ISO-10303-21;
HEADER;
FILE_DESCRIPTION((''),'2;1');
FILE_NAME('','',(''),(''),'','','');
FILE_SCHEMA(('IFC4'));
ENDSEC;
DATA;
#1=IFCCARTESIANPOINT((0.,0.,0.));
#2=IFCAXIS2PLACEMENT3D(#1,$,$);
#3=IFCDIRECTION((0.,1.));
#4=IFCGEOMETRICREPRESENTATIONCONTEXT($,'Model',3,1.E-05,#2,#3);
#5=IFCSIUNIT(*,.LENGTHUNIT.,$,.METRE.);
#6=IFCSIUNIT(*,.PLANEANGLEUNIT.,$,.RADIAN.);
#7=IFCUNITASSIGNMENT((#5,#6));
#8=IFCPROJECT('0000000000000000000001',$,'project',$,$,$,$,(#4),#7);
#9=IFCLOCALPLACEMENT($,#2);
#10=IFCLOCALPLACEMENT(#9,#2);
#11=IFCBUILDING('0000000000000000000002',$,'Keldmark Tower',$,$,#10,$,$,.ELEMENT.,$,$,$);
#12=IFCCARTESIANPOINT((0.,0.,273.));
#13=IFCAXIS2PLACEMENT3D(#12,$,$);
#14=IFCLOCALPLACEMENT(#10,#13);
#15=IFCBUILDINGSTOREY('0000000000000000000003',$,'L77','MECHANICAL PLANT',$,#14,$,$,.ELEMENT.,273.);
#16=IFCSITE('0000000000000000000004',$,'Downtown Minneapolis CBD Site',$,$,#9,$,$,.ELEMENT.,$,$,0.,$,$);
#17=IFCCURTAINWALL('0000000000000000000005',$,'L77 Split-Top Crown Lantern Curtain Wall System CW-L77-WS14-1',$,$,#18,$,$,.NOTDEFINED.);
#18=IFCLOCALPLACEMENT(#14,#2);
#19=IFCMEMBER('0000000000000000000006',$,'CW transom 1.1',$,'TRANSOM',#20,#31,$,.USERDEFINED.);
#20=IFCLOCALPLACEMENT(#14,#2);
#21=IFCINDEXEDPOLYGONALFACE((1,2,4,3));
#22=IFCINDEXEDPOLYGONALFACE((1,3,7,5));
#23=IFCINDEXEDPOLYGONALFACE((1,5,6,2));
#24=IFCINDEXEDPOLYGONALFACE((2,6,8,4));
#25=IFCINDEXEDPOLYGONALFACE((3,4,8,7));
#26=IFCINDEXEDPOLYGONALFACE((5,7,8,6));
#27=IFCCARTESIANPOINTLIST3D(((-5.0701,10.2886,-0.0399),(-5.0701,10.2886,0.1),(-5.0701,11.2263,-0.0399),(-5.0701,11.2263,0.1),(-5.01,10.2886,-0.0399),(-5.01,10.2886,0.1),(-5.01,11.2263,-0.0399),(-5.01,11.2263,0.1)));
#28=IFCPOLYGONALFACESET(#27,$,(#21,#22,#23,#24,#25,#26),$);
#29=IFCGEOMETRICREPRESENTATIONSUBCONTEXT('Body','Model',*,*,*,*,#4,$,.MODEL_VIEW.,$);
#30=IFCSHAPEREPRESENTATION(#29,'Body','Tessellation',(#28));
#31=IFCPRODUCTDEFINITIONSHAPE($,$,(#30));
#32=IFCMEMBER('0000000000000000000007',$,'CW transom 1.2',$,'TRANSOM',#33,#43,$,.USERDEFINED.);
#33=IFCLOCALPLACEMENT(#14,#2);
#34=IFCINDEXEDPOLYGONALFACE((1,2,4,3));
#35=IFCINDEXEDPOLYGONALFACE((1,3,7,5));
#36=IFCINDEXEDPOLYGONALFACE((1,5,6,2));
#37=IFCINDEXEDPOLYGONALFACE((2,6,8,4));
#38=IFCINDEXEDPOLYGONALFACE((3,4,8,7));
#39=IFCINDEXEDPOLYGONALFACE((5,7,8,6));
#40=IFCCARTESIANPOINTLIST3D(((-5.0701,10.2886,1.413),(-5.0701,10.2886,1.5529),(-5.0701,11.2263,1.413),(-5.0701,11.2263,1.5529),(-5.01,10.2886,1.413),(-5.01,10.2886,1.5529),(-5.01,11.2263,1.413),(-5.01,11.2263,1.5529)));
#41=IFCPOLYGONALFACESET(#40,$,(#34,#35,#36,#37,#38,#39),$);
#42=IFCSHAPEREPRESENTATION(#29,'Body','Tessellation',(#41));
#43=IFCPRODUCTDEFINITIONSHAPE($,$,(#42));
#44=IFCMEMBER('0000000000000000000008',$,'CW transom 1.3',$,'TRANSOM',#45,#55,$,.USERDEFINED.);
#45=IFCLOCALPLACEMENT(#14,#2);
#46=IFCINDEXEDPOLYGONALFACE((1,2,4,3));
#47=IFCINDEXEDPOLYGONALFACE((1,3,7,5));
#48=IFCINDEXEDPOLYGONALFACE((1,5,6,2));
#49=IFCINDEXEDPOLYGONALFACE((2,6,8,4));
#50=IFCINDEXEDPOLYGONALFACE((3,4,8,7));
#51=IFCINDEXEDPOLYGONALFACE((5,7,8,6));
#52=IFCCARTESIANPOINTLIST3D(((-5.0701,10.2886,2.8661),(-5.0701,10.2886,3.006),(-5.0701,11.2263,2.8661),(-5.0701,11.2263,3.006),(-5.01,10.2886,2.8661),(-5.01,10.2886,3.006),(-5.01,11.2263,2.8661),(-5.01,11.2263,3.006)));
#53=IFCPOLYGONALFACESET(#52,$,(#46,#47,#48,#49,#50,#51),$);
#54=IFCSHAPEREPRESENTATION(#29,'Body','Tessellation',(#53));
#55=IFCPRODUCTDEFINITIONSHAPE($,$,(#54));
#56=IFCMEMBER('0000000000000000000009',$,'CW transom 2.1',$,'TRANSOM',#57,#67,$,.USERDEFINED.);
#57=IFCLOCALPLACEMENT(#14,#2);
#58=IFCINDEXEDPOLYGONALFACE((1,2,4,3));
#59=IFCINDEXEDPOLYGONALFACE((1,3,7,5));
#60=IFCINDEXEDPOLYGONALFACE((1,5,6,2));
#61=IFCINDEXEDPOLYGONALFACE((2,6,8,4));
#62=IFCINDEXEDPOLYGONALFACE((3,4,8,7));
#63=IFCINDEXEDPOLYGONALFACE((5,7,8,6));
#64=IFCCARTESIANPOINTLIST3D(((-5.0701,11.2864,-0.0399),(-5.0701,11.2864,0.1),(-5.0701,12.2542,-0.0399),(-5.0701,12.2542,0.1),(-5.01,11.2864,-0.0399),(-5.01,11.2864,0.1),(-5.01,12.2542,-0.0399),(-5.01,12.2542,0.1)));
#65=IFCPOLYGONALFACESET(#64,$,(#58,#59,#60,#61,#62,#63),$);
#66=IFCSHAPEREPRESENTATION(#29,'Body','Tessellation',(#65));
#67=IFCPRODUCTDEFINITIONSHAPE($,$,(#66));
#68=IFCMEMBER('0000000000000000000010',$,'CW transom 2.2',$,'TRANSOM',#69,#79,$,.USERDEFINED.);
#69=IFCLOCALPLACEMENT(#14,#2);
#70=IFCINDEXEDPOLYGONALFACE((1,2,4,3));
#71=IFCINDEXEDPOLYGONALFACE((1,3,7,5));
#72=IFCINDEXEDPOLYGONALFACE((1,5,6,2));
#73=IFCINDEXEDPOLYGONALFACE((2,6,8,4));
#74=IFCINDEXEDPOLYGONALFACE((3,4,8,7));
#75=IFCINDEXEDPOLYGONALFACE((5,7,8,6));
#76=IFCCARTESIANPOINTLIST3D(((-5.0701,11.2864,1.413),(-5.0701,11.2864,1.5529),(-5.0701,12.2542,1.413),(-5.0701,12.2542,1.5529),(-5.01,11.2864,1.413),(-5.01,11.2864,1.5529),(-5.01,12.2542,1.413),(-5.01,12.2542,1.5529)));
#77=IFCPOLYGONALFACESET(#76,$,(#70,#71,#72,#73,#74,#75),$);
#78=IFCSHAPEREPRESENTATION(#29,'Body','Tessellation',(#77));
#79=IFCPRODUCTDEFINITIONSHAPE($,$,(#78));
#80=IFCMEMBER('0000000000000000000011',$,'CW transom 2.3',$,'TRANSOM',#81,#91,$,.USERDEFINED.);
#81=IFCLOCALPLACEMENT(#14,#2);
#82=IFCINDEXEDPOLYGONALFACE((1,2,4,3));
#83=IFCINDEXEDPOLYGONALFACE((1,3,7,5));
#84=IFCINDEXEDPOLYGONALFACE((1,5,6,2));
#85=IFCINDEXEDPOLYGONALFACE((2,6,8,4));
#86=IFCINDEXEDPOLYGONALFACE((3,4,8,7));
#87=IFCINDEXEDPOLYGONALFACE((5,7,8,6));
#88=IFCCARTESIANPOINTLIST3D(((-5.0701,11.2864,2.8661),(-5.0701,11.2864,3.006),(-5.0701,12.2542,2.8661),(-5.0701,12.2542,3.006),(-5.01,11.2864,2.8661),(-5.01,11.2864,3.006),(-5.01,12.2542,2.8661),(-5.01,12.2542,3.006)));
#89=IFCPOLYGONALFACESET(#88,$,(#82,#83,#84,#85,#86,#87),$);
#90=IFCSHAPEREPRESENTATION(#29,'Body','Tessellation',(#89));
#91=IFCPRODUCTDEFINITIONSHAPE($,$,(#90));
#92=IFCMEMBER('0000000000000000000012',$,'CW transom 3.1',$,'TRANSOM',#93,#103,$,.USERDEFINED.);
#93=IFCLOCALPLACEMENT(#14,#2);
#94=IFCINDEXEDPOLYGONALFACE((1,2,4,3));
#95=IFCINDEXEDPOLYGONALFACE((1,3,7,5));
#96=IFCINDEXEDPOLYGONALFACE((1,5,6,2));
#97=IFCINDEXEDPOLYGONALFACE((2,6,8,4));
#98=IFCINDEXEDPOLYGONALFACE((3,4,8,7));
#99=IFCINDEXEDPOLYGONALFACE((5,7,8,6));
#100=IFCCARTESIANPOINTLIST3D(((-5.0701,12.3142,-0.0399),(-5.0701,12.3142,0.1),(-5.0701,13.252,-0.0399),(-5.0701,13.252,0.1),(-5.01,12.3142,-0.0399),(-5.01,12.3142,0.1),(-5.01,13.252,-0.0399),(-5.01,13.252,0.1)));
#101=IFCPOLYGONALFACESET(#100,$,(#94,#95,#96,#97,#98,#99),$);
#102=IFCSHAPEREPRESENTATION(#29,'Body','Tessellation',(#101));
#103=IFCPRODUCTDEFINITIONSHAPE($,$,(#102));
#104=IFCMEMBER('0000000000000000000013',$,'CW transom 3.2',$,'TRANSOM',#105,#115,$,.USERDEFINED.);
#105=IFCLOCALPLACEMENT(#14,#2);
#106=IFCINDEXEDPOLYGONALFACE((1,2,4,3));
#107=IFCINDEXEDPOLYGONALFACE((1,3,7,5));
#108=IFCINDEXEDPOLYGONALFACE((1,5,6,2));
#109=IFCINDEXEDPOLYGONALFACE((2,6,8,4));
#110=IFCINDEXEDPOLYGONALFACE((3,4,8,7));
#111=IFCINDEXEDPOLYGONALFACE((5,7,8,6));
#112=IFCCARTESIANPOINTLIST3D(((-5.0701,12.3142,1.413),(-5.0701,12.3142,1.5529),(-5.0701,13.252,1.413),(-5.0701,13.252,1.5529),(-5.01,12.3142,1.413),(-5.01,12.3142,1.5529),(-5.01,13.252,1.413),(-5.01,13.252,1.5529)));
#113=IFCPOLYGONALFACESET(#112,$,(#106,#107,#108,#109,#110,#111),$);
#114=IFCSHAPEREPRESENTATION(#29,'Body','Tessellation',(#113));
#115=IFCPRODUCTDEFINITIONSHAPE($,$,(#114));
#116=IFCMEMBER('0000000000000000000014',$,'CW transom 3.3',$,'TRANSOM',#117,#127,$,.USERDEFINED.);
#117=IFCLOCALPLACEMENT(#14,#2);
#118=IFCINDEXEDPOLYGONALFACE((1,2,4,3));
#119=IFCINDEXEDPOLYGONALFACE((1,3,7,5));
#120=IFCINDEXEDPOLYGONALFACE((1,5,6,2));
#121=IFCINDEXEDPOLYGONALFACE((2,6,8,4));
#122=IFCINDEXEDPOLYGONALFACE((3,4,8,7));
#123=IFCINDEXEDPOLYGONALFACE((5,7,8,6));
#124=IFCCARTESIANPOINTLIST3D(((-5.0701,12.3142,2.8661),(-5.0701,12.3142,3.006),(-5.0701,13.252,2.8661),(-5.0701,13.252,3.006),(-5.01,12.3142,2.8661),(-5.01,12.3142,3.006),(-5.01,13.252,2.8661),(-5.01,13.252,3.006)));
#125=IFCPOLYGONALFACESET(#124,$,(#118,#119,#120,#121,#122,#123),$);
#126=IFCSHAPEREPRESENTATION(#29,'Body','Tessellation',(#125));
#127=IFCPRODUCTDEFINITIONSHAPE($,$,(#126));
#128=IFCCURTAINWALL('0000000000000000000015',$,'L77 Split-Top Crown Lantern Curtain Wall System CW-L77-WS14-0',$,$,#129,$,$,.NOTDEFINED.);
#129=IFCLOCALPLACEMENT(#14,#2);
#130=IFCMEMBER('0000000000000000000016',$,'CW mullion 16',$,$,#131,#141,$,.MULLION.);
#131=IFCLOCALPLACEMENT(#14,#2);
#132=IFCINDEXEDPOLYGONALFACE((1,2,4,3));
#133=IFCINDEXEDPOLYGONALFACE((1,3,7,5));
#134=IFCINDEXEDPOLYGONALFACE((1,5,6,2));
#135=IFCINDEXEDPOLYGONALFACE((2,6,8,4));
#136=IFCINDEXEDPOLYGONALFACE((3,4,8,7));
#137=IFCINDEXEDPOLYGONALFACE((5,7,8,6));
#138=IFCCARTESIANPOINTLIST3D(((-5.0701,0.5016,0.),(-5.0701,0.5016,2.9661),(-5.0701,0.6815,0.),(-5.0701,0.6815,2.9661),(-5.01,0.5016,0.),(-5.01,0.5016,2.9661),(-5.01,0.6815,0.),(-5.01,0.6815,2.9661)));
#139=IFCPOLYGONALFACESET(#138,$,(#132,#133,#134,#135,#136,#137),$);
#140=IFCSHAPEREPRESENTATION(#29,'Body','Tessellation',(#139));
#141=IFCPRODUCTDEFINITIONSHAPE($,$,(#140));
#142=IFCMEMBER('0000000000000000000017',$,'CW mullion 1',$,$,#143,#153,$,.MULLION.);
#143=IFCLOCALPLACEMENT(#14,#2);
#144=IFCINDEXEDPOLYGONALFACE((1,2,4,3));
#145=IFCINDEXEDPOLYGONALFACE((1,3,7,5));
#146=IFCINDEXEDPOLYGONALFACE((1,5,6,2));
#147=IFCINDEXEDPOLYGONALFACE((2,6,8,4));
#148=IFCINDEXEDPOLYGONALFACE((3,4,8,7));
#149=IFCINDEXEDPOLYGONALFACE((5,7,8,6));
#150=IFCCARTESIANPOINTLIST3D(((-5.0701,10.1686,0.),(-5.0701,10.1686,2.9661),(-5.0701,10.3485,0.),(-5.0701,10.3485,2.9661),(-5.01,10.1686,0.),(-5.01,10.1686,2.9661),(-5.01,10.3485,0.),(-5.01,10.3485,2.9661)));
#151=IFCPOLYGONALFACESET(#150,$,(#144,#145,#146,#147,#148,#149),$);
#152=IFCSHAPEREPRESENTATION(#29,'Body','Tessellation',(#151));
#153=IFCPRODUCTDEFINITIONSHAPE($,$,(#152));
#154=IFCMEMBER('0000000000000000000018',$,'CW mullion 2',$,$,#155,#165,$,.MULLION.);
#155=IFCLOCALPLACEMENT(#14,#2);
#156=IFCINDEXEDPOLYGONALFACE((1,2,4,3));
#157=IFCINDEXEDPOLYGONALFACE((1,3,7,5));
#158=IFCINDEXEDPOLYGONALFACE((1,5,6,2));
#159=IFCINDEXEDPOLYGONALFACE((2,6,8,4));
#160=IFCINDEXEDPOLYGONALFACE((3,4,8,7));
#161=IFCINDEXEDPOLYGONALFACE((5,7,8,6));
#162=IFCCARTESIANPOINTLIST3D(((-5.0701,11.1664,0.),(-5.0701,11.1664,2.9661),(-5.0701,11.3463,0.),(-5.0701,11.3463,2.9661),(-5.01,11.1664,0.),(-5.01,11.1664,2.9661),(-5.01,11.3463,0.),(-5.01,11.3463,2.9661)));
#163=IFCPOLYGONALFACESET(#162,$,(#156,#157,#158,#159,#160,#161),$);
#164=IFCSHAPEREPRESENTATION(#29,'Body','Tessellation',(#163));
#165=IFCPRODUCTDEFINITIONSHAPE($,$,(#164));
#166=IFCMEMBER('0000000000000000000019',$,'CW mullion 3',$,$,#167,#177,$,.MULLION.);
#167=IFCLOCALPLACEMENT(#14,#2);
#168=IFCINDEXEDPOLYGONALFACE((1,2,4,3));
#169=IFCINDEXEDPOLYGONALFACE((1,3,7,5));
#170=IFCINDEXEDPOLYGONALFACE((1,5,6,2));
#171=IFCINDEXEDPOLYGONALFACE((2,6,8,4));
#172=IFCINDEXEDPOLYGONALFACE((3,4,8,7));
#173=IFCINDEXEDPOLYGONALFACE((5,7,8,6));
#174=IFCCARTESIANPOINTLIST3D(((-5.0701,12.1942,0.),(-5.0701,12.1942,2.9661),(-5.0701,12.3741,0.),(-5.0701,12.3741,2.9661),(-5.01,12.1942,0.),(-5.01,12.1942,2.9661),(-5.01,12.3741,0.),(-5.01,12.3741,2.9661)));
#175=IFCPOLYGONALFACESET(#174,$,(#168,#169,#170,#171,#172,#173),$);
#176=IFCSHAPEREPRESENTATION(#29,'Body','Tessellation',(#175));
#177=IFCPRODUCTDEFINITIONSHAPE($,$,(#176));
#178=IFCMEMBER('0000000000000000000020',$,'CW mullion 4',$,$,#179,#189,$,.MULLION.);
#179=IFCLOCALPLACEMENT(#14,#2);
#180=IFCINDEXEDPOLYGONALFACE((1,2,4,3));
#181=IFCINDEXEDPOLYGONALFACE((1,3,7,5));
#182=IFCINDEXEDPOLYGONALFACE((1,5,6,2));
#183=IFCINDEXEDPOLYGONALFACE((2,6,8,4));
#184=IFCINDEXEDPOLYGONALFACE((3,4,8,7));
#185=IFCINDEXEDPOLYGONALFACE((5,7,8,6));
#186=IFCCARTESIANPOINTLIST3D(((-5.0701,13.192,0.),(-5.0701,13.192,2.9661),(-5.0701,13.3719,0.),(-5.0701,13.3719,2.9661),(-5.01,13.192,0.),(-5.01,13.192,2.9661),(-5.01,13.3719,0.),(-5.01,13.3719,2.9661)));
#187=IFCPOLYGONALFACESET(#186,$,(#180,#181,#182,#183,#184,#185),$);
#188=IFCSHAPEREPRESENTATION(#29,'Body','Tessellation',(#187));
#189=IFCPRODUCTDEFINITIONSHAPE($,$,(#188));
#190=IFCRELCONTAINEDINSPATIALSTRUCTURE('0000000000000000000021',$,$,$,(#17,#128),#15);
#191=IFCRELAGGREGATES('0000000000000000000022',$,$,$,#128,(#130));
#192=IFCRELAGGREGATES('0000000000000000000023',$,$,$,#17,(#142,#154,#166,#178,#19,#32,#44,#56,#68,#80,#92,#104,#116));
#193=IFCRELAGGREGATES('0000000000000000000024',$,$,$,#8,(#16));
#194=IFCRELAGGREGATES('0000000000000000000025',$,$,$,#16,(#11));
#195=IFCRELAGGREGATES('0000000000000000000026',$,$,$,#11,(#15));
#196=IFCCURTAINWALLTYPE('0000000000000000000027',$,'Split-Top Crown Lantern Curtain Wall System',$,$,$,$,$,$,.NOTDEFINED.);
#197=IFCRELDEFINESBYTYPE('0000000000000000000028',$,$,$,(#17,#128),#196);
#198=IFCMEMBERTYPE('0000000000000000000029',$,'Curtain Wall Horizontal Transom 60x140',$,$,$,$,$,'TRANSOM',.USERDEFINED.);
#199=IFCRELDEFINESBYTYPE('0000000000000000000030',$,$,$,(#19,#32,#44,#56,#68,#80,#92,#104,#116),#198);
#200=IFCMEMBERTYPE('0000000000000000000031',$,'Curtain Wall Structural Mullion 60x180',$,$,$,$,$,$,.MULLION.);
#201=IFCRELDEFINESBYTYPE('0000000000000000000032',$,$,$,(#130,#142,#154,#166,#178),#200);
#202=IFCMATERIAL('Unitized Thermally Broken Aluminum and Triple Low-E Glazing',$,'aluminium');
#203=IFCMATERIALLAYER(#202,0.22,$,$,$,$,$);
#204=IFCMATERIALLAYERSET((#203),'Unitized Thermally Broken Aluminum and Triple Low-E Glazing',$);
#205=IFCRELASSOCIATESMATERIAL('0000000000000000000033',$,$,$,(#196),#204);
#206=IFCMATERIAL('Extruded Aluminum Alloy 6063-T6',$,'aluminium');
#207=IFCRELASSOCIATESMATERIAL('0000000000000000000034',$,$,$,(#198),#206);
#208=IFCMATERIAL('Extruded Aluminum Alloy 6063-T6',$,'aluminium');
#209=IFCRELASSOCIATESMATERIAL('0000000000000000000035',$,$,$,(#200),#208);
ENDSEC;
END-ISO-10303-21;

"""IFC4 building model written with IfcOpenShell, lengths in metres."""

from ifc_helpers import new_model, si_unit, direction, frame, origin, origin_2d, place, context, subcontext, project, spatial, rectangle, extrude, material, layer, layer_set, material_profile, profile_set, type_object, element, aggregate, save


model = new_model("IFC4")

# Units and contexts
model_context = context("Model", 3, precision=1e-05, world=origin(), true_north=direction((0.0, 1.0)))
body_context = subcontext(model_context, "Body", "Model", "MODEL_VIEW")
ifc_project = project(units=[si_unit("LENGTHUNIT", "METRE"), si_unit("PLANEANGLEUNIT", "RADIAN")], contexts=[model_context])

# Site, building, storey
site_placement = place(None, origin())
site = spatial("IfcSite", under=ifc_project, at=site_placement, Name="Downtown Minneapolis CBD Site", CompositionType="ELEMENT", RefElevation=0.0)
building_placement = place(site_placement, origin())
building = spatial("IfcBuilding", under=site, at=building_placement, Name="Keldmark Tower", CompositionType="ELEMENT")
storey_placement = place(building_placement, frame((0.0, 0.0, 273.0)))
storey = spatial("IfcBuildingStorey", under=building, at=storey_placement, Name="L77", Description="MECHANICAL PLANT", CompositionType="ELEMENT", Elevation=273.0)

# Curtain wall, members
ifc_material_1 = material(Name="Unitized Thermally Broken Aluminum and Triple Low-E Glazing", Category="aluminium")
ifc_layer_1 = layer(ifc_material_1, 0.22)
ifc_layer_set_1 = layer_set([ifc_layer_1], Name="Unitized Thermally Broken Aluminum and Triple Low-E Glazing")
curtain_wall_type = type_object("IfcCurtainWallType", Name="Split-Top Crown Lantern Curtain Wall System", PredefinedType="NOTDEFINED", material=ifc_layer_set_1)
curtain_wall_1_placement = place(storey_placement, origin())
curtain_wall_1 = element("IfcCurtainWall", 1, at=curtain_wall_1_placement, inside=storey, type_object=curtain_wall_type, Name="L77 Split-Top Crown Lantern Curtain Wall System CW-L77-WS14-1", PredefinedType="NOTDEFINED")
ifc_material_2 = material(Name="Extruded Aluminum Alloy 6063-T6", Category="aluminium")
ifc_material_profile_1 = material_profile(ifc_material_2, rectangle(XDim=0.0601, YDim=0.1399, at=origin_2d()), Name="CWT60X140")
ifc_profile_set_1 = profile_set([ifc_material_profile_1], Name="Extruded Aluminum Alloy 6063-T6")
member_type_1 = type_object("IfcMemberType", Name="Curtain Wall Horizontal Transom 60x140", ElementType="TRANSOM", PredefinedType="USERDEFINED", material=ifc_profile_set_1)
member_1_placement = place(storey_placement, frame((-5.04, 10.2886, 0.03), z_axis=(0.0, 1.0, 0.0), x_axis=(-1.0, 0.0, 0.0)))
member_1 = element("IfcMember", 2, at=member_1_placement, type_object=member_type_1, Name="CW transom 1.1", ObjectType="TRANSOM", PredefinedType="USERDEFINED", context=body_context, shape_type="SweptSolid", body=[
    extrude(rectangle(XDim=0.0601, YDim=0.1399, at=origin_2d()), origin(), (0.0, 0.0, 1.0), 0.9377),
])
member_2_placement = place(storey_placement, frame((-5.04, 10.2886, 1.4829), z_axis=(0.0, 1.0, 0.0), x_axis=(-1.0, 0.0, 0.0)))
member_2 = element("IfcMember", 3, at=member_2_placement, type_object=member_type_1, Name="CW transom 1.2", ObjectType="TRANSOM", PredefinedType="USERDEFINED", context=body_context, shape_type="SweptSolid", body=[
    extrude(rectangle(XDim=0.0601, YDim=0.1399, at=origin_2d()), origin(), (0.0, 0.0, 1.0), 0.9377),
])
member_3_placement = place(storey_placement, frame((-5.04, 10.2886, 2.936), z_axis=(0.0, 1.0, 0.0), x_axis=(-1.0, 0.0, 0.0)))
member_3 = element("IfcMember", 4, at=member_3_placement, type_object=member_type_1, Name="CW transom 1.3", ObjectType="TRANSOM", PredefinedType="USERDEFINED", context=body_context, shape_type="SweptSolid", body=[
    extrude(rectangle(XDim=0.0601, YDim=0.1399, at=origin_2d()), origin(), (0.0, 0.0, 1.0), 0.9377),
])
member_4_placement = place(storey_placement, frame((-5.04, 11.2864, 0.03), z_axis=(0.0, 1.0, 0.0), x_axis=(-1.0, 0.0, 0.0)))
member_4 = element("IfcMember", 5, at=member_4_placement, type_object=member_type_1, Name="CW transom 2.1", ObjectType="TRANSOM", PredefinedType="USERDEFINED", context=body_context, shape_type="SweptSolid", body=[
    extrude(rectangle(XDim=0.0601, YDim=0.1399, at=origin_2d()), origin(), (0.0, 0.0, 1.0), 0.9678),
])
member_5_placement = place(storey_placement, frame((-5.04, 11.2864, 1.4829), z_axis=(0.0, 1.0, 0.0), x_axis=(-1.0, 0.0, 0.0)))
member_5 = element("IfcMember", 6, at=member_5_placement, type_object=member_type_1, Name="CW transom 2.2", ObjectType="TRANSOM", PredefinedType="USERDEFINED", context=body_context, shape_type="SweptSolid", body=[
    extrude(rectangle(XDim=0.0601, YDim=0.1399, at=origin_2d()), origin(), (0.0, 0.0, 1.0), 0.9678),
])
member_6_placement = place(storey_placement, frame((-5.04, 11.2864, 2.936), z_axis=(0.0, 1.0, 0.0), x_axis=(-1.0, 0.0, 0.0)))
member_6 = element("IfcMember", 7, at=member_6_placement, type_object=member_type_1, Name="CW transom 2.3", ObjectType="TRANSOM", PredefinedType="USERDEFINED", context=body_context, shape_type="SweptSolid", body=[
    extrude(rectangle(XDim=0.0601, YDim=0.1399, at=origin_2d()), origin(), (0.0, 0.0, 1.0), 0.9678),
])
member_7_placement = place(storey_placement, frame((-5.04, 12.3142, 0.03), z_axis=(0.0, 1.0, 0.0), x_axis=(-1.0, 0.0, 0.0)))
member_7 = element("IfcMember", 8, at=member_7_placement, type_object=member_type_1, Name="CW transom 3.1", ObjectType="TRANSOM", PredefinedType="USERDEFINED", context=body_context, shape_type="SweptSolid", body=[
    extrude(rectangle(XDim=0.0601, YDim=0.1399, at=origin_2d()), origin(), (0.0, 0.0, 1.0), 0.9377),
])
member_8_placement = place(storey_placement, frame((-5.04, 12.3142, 1.4829), z_axis=(0.0, 1.0, 0.0), x_axis=(-1.0, 0.0, 0.0)))
member_8 = element("IfcMember", 9, at=member_8_placement, type_object=member_type_1, Name="CW transom 3.2", ObjectType="TRANSOM", PredefinedType="USERDEFINED", context=body_context, shape_type="SweptSolid", body=[
    extrude(rectangle(XDim=0.0601, YDim=0.1399, at=origin_2d()), origin(), (0.0, 0.0, 1.0), 0.9377),
])
member_9_placement = place(storey_placement, frame((-5.04, 12.3142, 2.936), z_axis=(0.0, 1.0, 0.0), x_axis=(-1.0, 0.0, 0.0)))
member_9 = element("IfcMember", 10, at=member_9_placement, type_object=member_type_1, Name="CW transom 3.3", ObjectType="TRANSOM", PredefinedType="USERDEFINED", context=body_context, shape_type="SweptSolid", body=[
    extrude(rectangle(XDim=0.0601, YDim=0.1399, at=origin_2d()), origin(), (0.0, 0.0, 1.0), 0.9377),
])

# Curtain wall, member
curtain_wall_2_placement = place(storey_placement, origin())
curtain_wall_2 = element("IfcCurtainWall", 11, at=curtain_wall_2_placement, inside=storey, type_object=curtain_wall_type, Name="L77 Split-Top Crown Lantern Curtain Wall System CW-L77-WS14-0", PredefinedType="NOTDEFINED")
ifc_material_3 = material(Name="Extruded Aluminum Alloy 6063-T6", Category="aluminium")
ifc_material_profile_2 = material_profile(ifc_material_3, rectangle(XDim=0.0601, YDim=0.1799, at=origin_2d()), Name="CWM60X180")
ifc_profile_set_2 = profile_set([ifc_material_profile_2], Name="Extruded Aluminum Alloy 6063-T6")
member_type_2 = type_object("IfcMemberType", Name="Curtain Wall Structural Mullion 60x180", PredefinedType="MULLION", material=ifc_profile_set_2)
member_10_placement = place(storey_placement, frame((-5.04, 0.5916, 0.0), z_axis=(0.0, 0.0, 1.0), x_axis=(-1.0, 0.0, 0.0)))
member_10 = element("IfcMember", 12, at=member_10_placement, type_object=member_type_2, Name="CW mullion 16", PredefinedType="MULLION", context=body_context, shape_type="SweptSolid", body=[
    extrude(rectangle(XDim=0.0601, YDim=0.1799, at=origin_2d()), origin(), (0.0, 0.0, 1.0), 2.9661),
])

# Members
member_11_placement = place(storey_placement, frame((-5.04, 10.2585, 0.0), z_axis=(0.0, 0.0, 1.0), x_axis=(-1.0, 0.0, 0.0)))
member_11 = element("IfcMember", 13, at=member_11_placement, type_object=member_type_2, Name="CW mullion 1", PredefinedType="MULLION", context=body_context, shape_type="SweptSolid", body=[
    extrude(rectangle(XDim=0.0601, YDim=0.1799, at=origin_2d()), origin(), (0.0, 0.0, 1.0), 2.9661),
])
member_12_placement = place(storey_placement, frame((-5.04, 11.2563, 0.0), z_axis=(0.0, 0.0, 1.0), x_axis=(-1.0, 0.0, 0.0)))
member_12 = element("IfcMember", 14, at=member_12_placement, type_object=member_type_2, Name="CW mullion 2", PredefinedType="MULLION", context=body_context, shape_type="SweptSolid", body=[
    extrude(rectangle(XDim=0.0601, YDim=0.1799, at=origin_2d()), origin(), (0.0, 0.0, 1.0), 2.9661),
])
member_13_placement = place(storey_placement, frame((-5.04, 12.2842, 0.0), z_axis=(0.0, 0.0, 1.0), x_axis=(-1.0, 0.0, 0.0)))
member_13 = element("IfcMember", 15, at=member_13_placement, type_object=member_type_2, Name="CW mullion 3", PredefinedType="MULLION", context=body_context, shape_type="SweptSolid", body=[
    extrude(rectangle(XDim=0.0601, YDim=0.1799, at=origin_2d()), origin(), (0.0, 0.0, 1.0), 2.9661),
])
member_14_placement = place(storey_placement, frame((-5.04, 13.282, 0.0), z_axis=(0.0, 0.0, 1.0), x_axis=(-1.0, 0.0, 0.0)))
member_14 = element("IfcMember", 16, at=member_14_placement, type_object=member_type_2, Name="CW mullion 4", PredefinedType="MULLION", context=body_context, shape_type="SweptSolid", body=[
    extrude(rectangle(XDim=0.0601, YDim=0.1799, at=origin_2d()), origin(), (0.0, 0.0, 1.0), 2.9661),
])

aggregate(curtain_wall_2, [member_10])
aggregate(curtain_wall_1, [member_11, member_12, member_13, member_14, member_1, member_2, member_3, member_4, member_5, member_6, member_7, member_8, member_9])

save(model, "model.ifc")
